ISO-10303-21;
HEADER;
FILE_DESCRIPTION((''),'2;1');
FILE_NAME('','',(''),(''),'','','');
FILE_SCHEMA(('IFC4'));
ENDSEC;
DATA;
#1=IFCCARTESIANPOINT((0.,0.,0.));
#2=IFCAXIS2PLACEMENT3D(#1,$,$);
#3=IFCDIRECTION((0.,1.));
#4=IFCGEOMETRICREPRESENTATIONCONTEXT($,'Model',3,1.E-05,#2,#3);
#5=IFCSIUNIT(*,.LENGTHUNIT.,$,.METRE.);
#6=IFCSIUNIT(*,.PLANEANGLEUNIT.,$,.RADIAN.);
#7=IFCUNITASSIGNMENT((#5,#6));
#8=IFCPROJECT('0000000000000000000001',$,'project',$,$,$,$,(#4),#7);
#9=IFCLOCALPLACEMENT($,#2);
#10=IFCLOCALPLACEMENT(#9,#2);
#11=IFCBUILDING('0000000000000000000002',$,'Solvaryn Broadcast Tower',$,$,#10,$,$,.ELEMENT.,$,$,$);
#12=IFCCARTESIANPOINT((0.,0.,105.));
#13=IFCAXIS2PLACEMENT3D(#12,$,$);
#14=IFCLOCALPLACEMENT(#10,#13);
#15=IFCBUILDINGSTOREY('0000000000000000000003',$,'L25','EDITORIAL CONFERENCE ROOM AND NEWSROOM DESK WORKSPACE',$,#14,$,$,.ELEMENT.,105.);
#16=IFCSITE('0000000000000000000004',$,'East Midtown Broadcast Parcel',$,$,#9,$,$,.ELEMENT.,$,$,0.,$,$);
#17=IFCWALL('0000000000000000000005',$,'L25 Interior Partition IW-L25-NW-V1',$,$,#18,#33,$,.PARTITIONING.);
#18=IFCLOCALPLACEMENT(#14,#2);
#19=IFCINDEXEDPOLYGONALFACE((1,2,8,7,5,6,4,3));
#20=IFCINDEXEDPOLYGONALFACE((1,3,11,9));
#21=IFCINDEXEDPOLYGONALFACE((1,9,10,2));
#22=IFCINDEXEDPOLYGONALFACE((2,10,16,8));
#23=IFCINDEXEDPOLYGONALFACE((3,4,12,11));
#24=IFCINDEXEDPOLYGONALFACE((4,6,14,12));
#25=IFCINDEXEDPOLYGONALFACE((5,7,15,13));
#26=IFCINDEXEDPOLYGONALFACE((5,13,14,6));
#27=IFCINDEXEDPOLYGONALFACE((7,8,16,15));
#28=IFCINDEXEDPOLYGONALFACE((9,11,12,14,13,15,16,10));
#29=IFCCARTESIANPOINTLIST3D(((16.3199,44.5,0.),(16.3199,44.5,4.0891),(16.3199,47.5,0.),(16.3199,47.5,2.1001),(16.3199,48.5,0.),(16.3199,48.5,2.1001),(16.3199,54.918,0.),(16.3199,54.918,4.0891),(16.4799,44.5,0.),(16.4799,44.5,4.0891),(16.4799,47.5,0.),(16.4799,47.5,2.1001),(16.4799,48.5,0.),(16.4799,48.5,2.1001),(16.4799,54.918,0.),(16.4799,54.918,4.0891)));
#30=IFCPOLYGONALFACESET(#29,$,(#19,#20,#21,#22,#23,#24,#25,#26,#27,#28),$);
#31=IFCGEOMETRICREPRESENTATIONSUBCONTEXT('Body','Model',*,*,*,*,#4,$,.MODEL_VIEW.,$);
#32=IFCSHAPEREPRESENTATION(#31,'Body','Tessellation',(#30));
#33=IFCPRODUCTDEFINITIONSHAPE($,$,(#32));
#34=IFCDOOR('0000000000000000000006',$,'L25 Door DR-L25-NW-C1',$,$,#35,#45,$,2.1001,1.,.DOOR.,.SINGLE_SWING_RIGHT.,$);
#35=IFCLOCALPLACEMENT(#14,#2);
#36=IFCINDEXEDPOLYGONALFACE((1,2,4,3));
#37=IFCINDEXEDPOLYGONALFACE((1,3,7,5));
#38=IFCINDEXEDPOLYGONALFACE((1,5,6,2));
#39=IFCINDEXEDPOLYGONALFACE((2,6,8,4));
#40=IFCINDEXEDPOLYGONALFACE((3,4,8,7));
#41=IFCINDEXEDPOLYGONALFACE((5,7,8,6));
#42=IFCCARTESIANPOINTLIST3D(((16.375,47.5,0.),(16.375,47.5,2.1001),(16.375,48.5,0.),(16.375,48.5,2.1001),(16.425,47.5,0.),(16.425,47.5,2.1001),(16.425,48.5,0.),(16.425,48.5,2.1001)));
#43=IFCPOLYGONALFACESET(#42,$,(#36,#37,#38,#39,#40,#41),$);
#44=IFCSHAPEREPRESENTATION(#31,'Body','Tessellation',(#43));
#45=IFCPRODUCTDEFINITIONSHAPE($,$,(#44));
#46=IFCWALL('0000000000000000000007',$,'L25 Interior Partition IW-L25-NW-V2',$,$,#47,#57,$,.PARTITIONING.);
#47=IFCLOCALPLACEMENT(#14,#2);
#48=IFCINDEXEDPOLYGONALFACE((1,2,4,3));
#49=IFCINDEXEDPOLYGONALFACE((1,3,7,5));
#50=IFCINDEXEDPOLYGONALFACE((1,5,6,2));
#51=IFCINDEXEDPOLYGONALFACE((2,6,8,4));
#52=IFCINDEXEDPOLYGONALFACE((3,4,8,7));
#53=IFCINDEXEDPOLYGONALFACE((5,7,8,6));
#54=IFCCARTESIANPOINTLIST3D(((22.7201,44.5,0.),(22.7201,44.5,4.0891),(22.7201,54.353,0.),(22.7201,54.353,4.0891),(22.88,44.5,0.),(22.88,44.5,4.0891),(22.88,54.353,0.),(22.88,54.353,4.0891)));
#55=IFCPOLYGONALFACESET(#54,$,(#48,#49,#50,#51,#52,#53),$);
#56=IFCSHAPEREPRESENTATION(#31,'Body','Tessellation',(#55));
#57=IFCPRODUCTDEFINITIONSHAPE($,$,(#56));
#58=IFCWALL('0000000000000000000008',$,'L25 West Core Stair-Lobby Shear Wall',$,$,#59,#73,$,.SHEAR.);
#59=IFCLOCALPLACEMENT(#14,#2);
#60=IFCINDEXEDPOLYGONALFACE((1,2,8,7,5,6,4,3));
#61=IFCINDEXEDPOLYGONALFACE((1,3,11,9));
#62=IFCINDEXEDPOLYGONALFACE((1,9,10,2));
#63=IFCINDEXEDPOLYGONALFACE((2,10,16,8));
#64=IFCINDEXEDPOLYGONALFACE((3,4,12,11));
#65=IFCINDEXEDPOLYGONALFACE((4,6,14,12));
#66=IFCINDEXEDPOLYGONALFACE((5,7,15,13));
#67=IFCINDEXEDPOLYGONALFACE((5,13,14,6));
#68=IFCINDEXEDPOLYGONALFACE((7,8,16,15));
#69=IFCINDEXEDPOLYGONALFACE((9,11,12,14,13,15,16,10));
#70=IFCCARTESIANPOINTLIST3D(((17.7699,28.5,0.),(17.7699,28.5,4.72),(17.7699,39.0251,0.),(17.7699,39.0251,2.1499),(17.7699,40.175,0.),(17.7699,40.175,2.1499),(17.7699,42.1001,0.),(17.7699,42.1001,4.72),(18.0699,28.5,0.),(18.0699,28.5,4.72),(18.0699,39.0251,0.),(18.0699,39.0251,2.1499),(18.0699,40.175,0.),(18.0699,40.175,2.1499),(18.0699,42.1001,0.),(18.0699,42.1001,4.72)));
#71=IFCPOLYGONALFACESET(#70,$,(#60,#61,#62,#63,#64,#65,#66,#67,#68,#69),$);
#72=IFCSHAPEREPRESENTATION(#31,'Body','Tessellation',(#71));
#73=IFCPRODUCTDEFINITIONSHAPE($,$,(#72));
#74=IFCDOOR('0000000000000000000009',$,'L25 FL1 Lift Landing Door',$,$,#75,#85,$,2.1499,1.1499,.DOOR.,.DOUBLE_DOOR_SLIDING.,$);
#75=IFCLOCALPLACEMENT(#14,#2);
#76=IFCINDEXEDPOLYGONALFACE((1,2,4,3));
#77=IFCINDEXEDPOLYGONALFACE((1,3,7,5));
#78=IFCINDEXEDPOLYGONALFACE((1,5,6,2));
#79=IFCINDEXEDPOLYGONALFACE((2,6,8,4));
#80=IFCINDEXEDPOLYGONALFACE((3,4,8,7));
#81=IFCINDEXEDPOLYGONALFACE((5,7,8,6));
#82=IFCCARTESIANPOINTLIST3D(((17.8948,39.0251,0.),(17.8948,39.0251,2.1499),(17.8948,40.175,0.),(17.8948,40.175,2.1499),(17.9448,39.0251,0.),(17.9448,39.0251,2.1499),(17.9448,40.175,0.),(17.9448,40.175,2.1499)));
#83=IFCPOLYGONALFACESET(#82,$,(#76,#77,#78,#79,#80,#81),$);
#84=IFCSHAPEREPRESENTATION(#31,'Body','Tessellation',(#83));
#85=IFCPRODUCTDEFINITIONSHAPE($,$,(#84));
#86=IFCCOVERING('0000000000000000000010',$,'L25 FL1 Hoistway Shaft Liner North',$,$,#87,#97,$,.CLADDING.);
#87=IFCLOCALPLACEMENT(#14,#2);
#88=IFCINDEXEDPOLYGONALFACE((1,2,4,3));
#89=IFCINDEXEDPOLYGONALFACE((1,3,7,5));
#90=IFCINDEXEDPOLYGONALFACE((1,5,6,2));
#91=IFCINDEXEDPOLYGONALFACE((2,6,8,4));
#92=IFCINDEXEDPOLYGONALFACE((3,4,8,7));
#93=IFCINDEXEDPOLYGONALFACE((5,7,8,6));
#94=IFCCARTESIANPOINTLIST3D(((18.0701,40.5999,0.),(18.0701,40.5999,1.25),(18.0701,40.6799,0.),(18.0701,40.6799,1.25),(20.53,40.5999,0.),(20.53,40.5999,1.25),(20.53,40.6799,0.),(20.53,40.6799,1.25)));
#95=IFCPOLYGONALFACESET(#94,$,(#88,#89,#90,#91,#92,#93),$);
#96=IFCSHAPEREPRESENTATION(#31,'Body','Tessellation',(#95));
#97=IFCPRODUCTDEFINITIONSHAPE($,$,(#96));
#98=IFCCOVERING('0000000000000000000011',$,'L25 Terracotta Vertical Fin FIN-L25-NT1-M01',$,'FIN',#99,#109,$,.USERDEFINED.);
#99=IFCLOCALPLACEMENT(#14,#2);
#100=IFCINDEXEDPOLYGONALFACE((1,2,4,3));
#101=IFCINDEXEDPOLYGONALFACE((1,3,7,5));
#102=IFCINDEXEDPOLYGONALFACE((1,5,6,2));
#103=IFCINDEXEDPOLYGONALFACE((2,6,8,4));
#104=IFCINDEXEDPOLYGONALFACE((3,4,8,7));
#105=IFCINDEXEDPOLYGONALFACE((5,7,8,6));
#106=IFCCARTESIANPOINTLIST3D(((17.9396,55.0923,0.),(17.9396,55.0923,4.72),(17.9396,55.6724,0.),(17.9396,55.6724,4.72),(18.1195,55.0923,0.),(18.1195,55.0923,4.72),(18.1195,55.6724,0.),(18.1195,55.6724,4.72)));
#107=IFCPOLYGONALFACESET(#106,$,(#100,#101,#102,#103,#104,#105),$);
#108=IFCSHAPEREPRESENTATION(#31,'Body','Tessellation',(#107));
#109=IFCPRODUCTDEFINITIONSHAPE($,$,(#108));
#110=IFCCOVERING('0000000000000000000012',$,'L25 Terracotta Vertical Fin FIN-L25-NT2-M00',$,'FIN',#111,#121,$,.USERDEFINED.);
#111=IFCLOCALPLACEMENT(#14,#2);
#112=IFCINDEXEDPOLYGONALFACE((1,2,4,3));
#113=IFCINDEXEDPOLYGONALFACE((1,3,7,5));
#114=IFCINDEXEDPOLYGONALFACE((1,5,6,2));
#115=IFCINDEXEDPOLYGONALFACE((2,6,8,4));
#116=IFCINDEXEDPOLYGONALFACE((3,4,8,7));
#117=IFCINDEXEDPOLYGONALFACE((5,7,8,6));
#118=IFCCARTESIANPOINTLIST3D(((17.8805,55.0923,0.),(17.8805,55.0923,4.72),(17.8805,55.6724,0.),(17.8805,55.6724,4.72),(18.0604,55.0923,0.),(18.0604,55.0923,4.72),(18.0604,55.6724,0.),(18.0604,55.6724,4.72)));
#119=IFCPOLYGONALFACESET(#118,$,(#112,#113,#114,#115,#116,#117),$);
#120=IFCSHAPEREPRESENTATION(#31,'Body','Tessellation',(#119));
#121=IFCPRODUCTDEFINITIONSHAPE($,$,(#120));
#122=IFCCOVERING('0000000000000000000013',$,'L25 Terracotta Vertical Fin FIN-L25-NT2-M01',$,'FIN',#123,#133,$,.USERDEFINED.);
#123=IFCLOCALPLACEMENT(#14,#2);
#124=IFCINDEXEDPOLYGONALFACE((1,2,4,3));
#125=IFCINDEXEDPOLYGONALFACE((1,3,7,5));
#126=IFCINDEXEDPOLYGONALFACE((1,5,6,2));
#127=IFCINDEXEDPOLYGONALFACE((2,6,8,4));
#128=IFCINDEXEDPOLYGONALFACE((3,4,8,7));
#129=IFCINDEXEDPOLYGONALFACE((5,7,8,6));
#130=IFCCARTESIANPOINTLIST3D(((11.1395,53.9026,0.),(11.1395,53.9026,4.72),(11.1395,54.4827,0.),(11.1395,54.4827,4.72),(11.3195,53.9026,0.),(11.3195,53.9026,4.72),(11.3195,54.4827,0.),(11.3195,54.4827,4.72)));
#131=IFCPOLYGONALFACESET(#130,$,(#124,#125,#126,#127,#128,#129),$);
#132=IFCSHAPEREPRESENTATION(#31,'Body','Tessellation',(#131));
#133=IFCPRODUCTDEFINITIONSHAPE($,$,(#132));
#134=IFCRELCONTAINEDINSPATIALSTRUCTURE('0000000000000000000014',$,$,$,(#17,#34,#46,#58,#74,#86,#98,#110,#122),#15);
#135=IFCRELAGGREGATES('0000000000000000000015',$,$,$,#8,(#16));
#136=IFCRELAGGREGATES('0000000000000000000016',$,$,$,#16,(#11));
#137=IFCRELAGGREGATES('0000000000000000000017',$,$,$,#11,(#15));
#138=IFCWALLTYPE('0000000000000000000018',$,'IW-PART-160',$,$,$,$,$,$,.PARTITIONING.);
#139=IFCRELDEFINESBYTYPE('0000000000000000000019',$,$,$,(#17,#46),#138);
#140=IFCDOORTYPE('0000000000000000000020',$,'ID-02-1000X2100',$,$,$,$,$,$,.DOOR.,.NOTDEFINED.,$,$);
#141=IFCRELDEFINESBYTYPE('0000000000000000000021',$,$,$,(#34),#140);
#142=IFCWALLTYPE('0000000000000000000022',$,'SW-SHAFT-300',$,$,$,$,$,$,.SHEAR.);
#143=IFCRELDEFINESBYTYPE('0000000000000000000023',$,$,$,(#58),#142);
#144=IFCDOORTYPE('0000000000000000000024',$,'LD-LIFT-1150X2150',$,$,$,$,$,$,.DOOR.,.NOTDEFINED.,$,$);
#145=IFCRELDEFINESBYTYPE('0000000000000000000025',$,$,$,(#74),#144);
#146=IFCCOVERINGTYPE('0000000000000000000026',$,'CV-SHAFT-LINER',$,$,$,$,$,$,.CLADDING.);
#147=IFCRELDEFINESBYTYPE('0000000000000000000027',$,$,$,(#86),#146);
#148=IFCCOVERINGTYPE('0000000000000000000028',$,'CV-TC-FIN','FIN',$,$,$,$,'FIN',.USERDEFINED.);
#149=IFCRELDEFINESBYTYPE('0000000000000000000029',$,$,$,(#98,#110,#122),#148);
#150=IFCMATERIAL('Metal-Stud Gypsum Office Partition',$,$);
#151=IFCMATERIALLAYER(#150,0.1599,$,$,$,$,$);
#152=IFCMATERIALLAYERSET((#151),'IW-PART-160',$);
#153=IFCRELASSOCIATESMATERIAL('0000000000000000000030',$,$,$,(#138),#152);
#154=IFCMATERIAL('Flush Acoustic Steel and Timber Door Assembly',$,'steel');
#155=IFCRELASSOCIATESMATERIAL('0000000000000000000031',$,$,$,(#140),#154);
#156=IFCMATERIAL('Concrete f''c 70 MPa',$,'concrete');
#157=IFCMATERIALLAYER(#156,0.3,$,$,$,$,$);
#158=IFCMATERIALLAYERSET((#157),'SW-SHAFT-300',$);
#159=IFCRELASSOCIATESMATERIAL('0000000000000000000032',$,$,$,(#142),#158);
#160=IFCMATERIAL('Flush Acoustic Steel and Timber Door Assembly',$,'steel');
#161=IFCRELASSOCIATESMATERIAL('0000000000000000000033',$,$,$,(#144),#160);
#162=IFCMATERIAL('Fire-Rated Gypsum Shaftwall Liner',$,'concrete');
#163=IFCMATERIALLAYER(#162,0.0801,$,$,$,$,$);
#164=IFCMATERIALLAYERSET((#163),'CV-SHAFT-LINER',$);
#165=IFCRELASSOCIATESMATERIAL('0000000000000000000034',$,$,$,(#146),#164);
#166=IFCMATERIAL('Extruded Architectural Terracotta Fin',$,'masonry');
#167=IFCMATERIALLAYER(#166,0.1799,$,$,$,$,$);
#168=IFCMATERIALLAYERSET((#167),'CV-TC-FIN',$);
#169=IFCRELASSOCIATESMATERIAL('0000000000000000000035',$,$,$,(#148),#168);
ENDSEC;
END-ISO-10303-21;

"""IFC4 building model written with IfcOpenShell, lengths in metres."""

from ifc_helpers import new_model, si_unit, direction, frame, frame_2d, origin, origin_2d, place, context, subcontext, project, spatial, rectangle, extrude, material, layer, layer_set, type_object, element, fill, save


model = new_model("IFC4")

# Units and contexts
model_context = context("Model", 3, precision=1e-05, world=origin(), true_north=direction((0.0, 1.0)))
body_context = subcontext(model_context, "Body", "Model", "MODEL_VIEW")
ifc_project = project(units=[si_unit("LENGTHUNIT", "METRE"), si_unit("PLANEANGLEUNIT", "RADIAN")], contexts=[model_context])

# Site, building, storey
site_placement = place(None, origin())
site = spatial("IfcSite", under=ifc_project, at=site_placement, Name="East Midtown Broadcast Parcel", CompositionType="ELEMENT", RefElevation=0.0)
building_placement = place(site_placement, origin())
building = spatial("IfcBuilding", under=site, at=building_placement, Name="Solvaryn Broadcast Tower", CompositionType="ELEMENT")
storey_placement = place(building_placement, frame((0.0, 0.0, 105.0)))
storey = spatial("IfcBuildingStorey", under=building, at=storey_placement, Name="L25", Description="EDITORIAL CONFERENCE ROOM AND NEWSROOM DESK WORKSPACE", CompositionType="ELEMENT", Elevation=105.0)

# Shared definitions
ifc_material_1 = material(Name="Metal-Stud Gypsum Office Partition")
ifc_layer_1 = layer(ifc_material_1, 0.1599)
ifc_layer_set_1 = layer_set([ifc_layer_1], Name="IW-PART-160")
wall_type_1 = type_object("IfcWallType", Name="IW-PART-160", PredefinedType="PARTITIONING", material=ifc_layer_set_1)

# Wall, opening, door
wall_1_placement = place(storey_placement, frame((16.3999, 44.5, 0.0), z_axis=(0.0, 0.0, 1.0), x_axis=(0.0, 1.0, 0.0)))
wall_1 = element("IfcWall", 1, at=wall_1_placement, inside=storey, type_object=wall_type_1, Name="L25 Interior Partition IW-L25-NW-V1", PredefinedType="PARTITIONING", context=body_context, shape_type="SweptSolid", body=[
    extrude(rectangle(XDim=10.418, YDim=0.1599, at=frame_2d((5.209, 0.0))), origin(), (0.0, 0.0, 1.0), 4.0891),
])
opening_1_placement = place(wall_1_placement, frame((3.0, 0.0, 0.0)))
opening_1 = element("IfcOpeningElement", 2, at=opening_1_placement, cuts=wall_1, PredefinedType="OPENING", context=body_context, shape_type="SweptSolid", body=[
    extrude(rectangle(XDim=1.0, YDim=2.1001, at=frame_2d((0.5, 1.05))), frame((0.0, 0.0901, 0.0), z_axis=(0.0, -1.0, 0.0), x_axis=(1.0, 0.0, 0.0)), (0.0, 0.0, 1.0), 0.1799),
])
ifc_material_2 = material(Name="Flush Acoustic Steel and Timber Door Assembly", Category="steel")
door_type_1 = type_object("IfcDoorType", Name="ID-02-1000X2100", OperationType="NOTDEFINED", PredefinedType="DOOR", material=ifc_material_2)
door_1_placement = place(opening_1_placement, origin())
door_1 = element("IfcDoor", 3, at=door_1_placement, inside=storey, type_object=door_type_1, Name="L25 Door DR-L25-NW-C1", OperationType="SINGLE_SWING_RIGHT", OverallHeight=2.1001, OverallWidth=1.0, PredefinedType="DOOR", context=body_context, shape_type="SweptSolid", body=[
    extrude(rectangle(XDim=1.0, YDim=2.1001, at=frame_2d((0.5, 1.05))), frame((0.0, 0.0249, 0.0), z_axis=(0.0, -1.0, 0.0), x_axis=(1.0, 0.0, 0.0)), (0.0, 0.0, 1.0), 0.05),
])
fill(opening_1, door_1)

# Wall
wall_2_placement = place(storey_placement, frame((22.8, 44.5, 0.0), z_axis=(0.0, 0.0, 1.0), x_axis=(0.0, 1.0, 0.0)))
element("IfcWall", 4, at=wall_2_placement, inside=storey, type_object=wall_type_1, Name="L25 Interior Partition IW-L25-NW-V2", PredefinedType="PARTITIONING", context=body_context, shape_type="SweptSolid", body=[
    extrude(rectangle(XDim=9.853, YDim=0.1599, at=frame_2d((4.9265, 0.0))), origin(), (0.0, 0.0, 1.0), 4.0891),
])

# Wall, opening, door
ifc_material_3 = material(Name="Concrete f'c 70 MPa", Category="concrete")
ifc_layer_2 = layer(ifc_material_3, 0.3)
ifc_layer_set_2 = layer_set([ifc_layer_2], Name="SW-SHAFT-300")
wall_type_2 = type_object("IfcWallType", Name="SW-SHAFT-300", PredefinedType="SHEAR", material=ifc_layer_set_2)
wall_3_placement = place(storey_placement, frame((17.9199, 42.1001, 0.0), z_axis=(0.0, 0.0, 1.0), x_axis=(0.0, -1.0, 0.0)))
wall_3 = element("IfcWall", 5, at=wall_3_placement, inside=storey, type_object=wall_type_2, Name="L25 West Core Stair-Lobby Shear Wall", PredefinedType="SHEAR", context=body_context, shape_type="SweptSolid", body=[
    extrude(rectangle(XDim=13.6001, YDim=0.3, at=frame_2d((6.8, 0.0))), origin(), (0.0, 0.0, 1.0), 4.72),
])
opening_2_placement = place(wall_3_placement, frame((1.925, 0.0, 0.0)))
opening_2 = element("IfcOpeningElement", 6, at=opening_2_placement, cuts=wall_3, PredefinedType="OPENING", context=body_context, shape_type="SweptSolid", body=[
    extrude(rectangle(XDim=1.1499, YDim=2.1499, at=frame_2d((0.575, 1.075))), frame((0.0, 0.1599, 0.0), z_axis=(0.0, -1.0, 0.0), x_axis=(1.0, 0.0, 0.0)), (0.0, 0.0, 1.0), 0.3201),
])
ifc_material_4 = material(Name="Flush Acoustic Steel and Timber Door Assembly", Category="steel")
door_type_2 = type_object("IfcDoorType", Name="LD-LIFT-1150X2150", OperationType="NOTDEFINED", PredefinedType="DOOR", material=ifc_material_4)
door_2_placement = place(opening_2_placement, origin())
door_2 = element("IfcDoor", 7, at=door_2_placement, inside=storey, type_object=door_type_2, Name="L25 FL1 Lift Landing Door", OperationType="DOUBLE_DOOR_SLIDING", OverallHeight=2.1499, OverallWidth=1.1499, PredefinedType="DOOR", context=body_context, shape_type="SweptSolid", body=[
    extrude(rectangle(XDim=1.1499, YDim=2.1499, at=frame_2d((0.575, 1.075))), frame((0.0, 0.0249, 0.0), z_axis=(0.0, -1.0, 0.0), x_axis=(1.0, 0.0, 0.0)), (0.0, 0.0, 1.0), 0.05),
])
fill(opening_2, door_2)

# Coverings
ifc_material_5 = material(Name="Fire-Rated Gypsum Shaftwall Liner", Category="concrete")
ifc_layer_3 = layer(ifc_material_5, 0.0801)
ifc_layer_set_3 = layer_set([ifc_layer_3], Name="CV-SHAFT-LINER")
covering_type_1 = type_object("IfcCoveringType", Name="CV-SHAFT-LINER", PredefinedType="CLADDING", material=ifc_layer_set_3)
covering_placement = place(storey_placement, frame((19.3, 40.6399, 0.0), z_axis=(0.0, 0.0, 1.0), x_axis=(1.0, 0.0, 0.0)))
element("IfcCovering", 8, at=covering_placement, inside=storey, type_object=covering_type_1, Name="L25 FL1 Hoistway Shaft Liner North", PredefinedType="CLADDING", context=body_context, shape_type="SweptSolid", body=[
    extrude(rectangle(XDim=2.46, YDim=0.0801, at=origin_2d()), origin(), (0.0, 0.0, 1.0), 1.25),
])
ifc_material_6 = material(Name="Extruded Architectural Terracotta Fin", Category="masonry")
ifc_layer_4 = layer(ifc_material_6, 0.1799)
ifc_layer_set_4 = layer_set([ifc_layer_4], Name="CV-TC-FIN")
covering_type_2 = type_object("IfcCoveringType", Name="CV-TC-FIN", Description="FIN", ElementType="FIN", PredefinedType="USERDEFINED", material=ifc_layer_set_4)
for number, where, z_axis, x_axis, name in (
    (9, (18.0295, 55.3823, 0.0), (0.0, 0.0, 1.0), (1.0, 0.0, 0.0), "L25 Terracotta Vertical Fin FIN-L25-NT1-M01"),
    (10, (17.9705, 55.3823, 0.0), (0.0, 0.0, 1.0), (1.0, 0.0, 0.0), "L25 Terracotta Vertical Fin FIN-L25-NT2-M00"),
    (11, (11.2295, 54.1926, 0.0), (0.0, 0.0, 1.0), (1.0, 0.0, 0.0), "L25 Terracotta Vertical Fin FIN-L25-NT2-M01"),
):
    element("IfcCovering", number, at=place(storey_placement, frame(where, z_axis=z_axis, x_axis=x_axis)), inside=storey, type_object=covering_type_2, Name=name, ObjectType="FIN", PredefinedType="USERDEFINED", context=body_context, shape_type="SweptSolid", body=[
        extrude(rectangle(XDim=0.1799, YDim=0.5801, at=origin_2d()), origin(), (0.0, 0.0, 1.0), 4.72),
    ])

save(model, "model.ifc")
